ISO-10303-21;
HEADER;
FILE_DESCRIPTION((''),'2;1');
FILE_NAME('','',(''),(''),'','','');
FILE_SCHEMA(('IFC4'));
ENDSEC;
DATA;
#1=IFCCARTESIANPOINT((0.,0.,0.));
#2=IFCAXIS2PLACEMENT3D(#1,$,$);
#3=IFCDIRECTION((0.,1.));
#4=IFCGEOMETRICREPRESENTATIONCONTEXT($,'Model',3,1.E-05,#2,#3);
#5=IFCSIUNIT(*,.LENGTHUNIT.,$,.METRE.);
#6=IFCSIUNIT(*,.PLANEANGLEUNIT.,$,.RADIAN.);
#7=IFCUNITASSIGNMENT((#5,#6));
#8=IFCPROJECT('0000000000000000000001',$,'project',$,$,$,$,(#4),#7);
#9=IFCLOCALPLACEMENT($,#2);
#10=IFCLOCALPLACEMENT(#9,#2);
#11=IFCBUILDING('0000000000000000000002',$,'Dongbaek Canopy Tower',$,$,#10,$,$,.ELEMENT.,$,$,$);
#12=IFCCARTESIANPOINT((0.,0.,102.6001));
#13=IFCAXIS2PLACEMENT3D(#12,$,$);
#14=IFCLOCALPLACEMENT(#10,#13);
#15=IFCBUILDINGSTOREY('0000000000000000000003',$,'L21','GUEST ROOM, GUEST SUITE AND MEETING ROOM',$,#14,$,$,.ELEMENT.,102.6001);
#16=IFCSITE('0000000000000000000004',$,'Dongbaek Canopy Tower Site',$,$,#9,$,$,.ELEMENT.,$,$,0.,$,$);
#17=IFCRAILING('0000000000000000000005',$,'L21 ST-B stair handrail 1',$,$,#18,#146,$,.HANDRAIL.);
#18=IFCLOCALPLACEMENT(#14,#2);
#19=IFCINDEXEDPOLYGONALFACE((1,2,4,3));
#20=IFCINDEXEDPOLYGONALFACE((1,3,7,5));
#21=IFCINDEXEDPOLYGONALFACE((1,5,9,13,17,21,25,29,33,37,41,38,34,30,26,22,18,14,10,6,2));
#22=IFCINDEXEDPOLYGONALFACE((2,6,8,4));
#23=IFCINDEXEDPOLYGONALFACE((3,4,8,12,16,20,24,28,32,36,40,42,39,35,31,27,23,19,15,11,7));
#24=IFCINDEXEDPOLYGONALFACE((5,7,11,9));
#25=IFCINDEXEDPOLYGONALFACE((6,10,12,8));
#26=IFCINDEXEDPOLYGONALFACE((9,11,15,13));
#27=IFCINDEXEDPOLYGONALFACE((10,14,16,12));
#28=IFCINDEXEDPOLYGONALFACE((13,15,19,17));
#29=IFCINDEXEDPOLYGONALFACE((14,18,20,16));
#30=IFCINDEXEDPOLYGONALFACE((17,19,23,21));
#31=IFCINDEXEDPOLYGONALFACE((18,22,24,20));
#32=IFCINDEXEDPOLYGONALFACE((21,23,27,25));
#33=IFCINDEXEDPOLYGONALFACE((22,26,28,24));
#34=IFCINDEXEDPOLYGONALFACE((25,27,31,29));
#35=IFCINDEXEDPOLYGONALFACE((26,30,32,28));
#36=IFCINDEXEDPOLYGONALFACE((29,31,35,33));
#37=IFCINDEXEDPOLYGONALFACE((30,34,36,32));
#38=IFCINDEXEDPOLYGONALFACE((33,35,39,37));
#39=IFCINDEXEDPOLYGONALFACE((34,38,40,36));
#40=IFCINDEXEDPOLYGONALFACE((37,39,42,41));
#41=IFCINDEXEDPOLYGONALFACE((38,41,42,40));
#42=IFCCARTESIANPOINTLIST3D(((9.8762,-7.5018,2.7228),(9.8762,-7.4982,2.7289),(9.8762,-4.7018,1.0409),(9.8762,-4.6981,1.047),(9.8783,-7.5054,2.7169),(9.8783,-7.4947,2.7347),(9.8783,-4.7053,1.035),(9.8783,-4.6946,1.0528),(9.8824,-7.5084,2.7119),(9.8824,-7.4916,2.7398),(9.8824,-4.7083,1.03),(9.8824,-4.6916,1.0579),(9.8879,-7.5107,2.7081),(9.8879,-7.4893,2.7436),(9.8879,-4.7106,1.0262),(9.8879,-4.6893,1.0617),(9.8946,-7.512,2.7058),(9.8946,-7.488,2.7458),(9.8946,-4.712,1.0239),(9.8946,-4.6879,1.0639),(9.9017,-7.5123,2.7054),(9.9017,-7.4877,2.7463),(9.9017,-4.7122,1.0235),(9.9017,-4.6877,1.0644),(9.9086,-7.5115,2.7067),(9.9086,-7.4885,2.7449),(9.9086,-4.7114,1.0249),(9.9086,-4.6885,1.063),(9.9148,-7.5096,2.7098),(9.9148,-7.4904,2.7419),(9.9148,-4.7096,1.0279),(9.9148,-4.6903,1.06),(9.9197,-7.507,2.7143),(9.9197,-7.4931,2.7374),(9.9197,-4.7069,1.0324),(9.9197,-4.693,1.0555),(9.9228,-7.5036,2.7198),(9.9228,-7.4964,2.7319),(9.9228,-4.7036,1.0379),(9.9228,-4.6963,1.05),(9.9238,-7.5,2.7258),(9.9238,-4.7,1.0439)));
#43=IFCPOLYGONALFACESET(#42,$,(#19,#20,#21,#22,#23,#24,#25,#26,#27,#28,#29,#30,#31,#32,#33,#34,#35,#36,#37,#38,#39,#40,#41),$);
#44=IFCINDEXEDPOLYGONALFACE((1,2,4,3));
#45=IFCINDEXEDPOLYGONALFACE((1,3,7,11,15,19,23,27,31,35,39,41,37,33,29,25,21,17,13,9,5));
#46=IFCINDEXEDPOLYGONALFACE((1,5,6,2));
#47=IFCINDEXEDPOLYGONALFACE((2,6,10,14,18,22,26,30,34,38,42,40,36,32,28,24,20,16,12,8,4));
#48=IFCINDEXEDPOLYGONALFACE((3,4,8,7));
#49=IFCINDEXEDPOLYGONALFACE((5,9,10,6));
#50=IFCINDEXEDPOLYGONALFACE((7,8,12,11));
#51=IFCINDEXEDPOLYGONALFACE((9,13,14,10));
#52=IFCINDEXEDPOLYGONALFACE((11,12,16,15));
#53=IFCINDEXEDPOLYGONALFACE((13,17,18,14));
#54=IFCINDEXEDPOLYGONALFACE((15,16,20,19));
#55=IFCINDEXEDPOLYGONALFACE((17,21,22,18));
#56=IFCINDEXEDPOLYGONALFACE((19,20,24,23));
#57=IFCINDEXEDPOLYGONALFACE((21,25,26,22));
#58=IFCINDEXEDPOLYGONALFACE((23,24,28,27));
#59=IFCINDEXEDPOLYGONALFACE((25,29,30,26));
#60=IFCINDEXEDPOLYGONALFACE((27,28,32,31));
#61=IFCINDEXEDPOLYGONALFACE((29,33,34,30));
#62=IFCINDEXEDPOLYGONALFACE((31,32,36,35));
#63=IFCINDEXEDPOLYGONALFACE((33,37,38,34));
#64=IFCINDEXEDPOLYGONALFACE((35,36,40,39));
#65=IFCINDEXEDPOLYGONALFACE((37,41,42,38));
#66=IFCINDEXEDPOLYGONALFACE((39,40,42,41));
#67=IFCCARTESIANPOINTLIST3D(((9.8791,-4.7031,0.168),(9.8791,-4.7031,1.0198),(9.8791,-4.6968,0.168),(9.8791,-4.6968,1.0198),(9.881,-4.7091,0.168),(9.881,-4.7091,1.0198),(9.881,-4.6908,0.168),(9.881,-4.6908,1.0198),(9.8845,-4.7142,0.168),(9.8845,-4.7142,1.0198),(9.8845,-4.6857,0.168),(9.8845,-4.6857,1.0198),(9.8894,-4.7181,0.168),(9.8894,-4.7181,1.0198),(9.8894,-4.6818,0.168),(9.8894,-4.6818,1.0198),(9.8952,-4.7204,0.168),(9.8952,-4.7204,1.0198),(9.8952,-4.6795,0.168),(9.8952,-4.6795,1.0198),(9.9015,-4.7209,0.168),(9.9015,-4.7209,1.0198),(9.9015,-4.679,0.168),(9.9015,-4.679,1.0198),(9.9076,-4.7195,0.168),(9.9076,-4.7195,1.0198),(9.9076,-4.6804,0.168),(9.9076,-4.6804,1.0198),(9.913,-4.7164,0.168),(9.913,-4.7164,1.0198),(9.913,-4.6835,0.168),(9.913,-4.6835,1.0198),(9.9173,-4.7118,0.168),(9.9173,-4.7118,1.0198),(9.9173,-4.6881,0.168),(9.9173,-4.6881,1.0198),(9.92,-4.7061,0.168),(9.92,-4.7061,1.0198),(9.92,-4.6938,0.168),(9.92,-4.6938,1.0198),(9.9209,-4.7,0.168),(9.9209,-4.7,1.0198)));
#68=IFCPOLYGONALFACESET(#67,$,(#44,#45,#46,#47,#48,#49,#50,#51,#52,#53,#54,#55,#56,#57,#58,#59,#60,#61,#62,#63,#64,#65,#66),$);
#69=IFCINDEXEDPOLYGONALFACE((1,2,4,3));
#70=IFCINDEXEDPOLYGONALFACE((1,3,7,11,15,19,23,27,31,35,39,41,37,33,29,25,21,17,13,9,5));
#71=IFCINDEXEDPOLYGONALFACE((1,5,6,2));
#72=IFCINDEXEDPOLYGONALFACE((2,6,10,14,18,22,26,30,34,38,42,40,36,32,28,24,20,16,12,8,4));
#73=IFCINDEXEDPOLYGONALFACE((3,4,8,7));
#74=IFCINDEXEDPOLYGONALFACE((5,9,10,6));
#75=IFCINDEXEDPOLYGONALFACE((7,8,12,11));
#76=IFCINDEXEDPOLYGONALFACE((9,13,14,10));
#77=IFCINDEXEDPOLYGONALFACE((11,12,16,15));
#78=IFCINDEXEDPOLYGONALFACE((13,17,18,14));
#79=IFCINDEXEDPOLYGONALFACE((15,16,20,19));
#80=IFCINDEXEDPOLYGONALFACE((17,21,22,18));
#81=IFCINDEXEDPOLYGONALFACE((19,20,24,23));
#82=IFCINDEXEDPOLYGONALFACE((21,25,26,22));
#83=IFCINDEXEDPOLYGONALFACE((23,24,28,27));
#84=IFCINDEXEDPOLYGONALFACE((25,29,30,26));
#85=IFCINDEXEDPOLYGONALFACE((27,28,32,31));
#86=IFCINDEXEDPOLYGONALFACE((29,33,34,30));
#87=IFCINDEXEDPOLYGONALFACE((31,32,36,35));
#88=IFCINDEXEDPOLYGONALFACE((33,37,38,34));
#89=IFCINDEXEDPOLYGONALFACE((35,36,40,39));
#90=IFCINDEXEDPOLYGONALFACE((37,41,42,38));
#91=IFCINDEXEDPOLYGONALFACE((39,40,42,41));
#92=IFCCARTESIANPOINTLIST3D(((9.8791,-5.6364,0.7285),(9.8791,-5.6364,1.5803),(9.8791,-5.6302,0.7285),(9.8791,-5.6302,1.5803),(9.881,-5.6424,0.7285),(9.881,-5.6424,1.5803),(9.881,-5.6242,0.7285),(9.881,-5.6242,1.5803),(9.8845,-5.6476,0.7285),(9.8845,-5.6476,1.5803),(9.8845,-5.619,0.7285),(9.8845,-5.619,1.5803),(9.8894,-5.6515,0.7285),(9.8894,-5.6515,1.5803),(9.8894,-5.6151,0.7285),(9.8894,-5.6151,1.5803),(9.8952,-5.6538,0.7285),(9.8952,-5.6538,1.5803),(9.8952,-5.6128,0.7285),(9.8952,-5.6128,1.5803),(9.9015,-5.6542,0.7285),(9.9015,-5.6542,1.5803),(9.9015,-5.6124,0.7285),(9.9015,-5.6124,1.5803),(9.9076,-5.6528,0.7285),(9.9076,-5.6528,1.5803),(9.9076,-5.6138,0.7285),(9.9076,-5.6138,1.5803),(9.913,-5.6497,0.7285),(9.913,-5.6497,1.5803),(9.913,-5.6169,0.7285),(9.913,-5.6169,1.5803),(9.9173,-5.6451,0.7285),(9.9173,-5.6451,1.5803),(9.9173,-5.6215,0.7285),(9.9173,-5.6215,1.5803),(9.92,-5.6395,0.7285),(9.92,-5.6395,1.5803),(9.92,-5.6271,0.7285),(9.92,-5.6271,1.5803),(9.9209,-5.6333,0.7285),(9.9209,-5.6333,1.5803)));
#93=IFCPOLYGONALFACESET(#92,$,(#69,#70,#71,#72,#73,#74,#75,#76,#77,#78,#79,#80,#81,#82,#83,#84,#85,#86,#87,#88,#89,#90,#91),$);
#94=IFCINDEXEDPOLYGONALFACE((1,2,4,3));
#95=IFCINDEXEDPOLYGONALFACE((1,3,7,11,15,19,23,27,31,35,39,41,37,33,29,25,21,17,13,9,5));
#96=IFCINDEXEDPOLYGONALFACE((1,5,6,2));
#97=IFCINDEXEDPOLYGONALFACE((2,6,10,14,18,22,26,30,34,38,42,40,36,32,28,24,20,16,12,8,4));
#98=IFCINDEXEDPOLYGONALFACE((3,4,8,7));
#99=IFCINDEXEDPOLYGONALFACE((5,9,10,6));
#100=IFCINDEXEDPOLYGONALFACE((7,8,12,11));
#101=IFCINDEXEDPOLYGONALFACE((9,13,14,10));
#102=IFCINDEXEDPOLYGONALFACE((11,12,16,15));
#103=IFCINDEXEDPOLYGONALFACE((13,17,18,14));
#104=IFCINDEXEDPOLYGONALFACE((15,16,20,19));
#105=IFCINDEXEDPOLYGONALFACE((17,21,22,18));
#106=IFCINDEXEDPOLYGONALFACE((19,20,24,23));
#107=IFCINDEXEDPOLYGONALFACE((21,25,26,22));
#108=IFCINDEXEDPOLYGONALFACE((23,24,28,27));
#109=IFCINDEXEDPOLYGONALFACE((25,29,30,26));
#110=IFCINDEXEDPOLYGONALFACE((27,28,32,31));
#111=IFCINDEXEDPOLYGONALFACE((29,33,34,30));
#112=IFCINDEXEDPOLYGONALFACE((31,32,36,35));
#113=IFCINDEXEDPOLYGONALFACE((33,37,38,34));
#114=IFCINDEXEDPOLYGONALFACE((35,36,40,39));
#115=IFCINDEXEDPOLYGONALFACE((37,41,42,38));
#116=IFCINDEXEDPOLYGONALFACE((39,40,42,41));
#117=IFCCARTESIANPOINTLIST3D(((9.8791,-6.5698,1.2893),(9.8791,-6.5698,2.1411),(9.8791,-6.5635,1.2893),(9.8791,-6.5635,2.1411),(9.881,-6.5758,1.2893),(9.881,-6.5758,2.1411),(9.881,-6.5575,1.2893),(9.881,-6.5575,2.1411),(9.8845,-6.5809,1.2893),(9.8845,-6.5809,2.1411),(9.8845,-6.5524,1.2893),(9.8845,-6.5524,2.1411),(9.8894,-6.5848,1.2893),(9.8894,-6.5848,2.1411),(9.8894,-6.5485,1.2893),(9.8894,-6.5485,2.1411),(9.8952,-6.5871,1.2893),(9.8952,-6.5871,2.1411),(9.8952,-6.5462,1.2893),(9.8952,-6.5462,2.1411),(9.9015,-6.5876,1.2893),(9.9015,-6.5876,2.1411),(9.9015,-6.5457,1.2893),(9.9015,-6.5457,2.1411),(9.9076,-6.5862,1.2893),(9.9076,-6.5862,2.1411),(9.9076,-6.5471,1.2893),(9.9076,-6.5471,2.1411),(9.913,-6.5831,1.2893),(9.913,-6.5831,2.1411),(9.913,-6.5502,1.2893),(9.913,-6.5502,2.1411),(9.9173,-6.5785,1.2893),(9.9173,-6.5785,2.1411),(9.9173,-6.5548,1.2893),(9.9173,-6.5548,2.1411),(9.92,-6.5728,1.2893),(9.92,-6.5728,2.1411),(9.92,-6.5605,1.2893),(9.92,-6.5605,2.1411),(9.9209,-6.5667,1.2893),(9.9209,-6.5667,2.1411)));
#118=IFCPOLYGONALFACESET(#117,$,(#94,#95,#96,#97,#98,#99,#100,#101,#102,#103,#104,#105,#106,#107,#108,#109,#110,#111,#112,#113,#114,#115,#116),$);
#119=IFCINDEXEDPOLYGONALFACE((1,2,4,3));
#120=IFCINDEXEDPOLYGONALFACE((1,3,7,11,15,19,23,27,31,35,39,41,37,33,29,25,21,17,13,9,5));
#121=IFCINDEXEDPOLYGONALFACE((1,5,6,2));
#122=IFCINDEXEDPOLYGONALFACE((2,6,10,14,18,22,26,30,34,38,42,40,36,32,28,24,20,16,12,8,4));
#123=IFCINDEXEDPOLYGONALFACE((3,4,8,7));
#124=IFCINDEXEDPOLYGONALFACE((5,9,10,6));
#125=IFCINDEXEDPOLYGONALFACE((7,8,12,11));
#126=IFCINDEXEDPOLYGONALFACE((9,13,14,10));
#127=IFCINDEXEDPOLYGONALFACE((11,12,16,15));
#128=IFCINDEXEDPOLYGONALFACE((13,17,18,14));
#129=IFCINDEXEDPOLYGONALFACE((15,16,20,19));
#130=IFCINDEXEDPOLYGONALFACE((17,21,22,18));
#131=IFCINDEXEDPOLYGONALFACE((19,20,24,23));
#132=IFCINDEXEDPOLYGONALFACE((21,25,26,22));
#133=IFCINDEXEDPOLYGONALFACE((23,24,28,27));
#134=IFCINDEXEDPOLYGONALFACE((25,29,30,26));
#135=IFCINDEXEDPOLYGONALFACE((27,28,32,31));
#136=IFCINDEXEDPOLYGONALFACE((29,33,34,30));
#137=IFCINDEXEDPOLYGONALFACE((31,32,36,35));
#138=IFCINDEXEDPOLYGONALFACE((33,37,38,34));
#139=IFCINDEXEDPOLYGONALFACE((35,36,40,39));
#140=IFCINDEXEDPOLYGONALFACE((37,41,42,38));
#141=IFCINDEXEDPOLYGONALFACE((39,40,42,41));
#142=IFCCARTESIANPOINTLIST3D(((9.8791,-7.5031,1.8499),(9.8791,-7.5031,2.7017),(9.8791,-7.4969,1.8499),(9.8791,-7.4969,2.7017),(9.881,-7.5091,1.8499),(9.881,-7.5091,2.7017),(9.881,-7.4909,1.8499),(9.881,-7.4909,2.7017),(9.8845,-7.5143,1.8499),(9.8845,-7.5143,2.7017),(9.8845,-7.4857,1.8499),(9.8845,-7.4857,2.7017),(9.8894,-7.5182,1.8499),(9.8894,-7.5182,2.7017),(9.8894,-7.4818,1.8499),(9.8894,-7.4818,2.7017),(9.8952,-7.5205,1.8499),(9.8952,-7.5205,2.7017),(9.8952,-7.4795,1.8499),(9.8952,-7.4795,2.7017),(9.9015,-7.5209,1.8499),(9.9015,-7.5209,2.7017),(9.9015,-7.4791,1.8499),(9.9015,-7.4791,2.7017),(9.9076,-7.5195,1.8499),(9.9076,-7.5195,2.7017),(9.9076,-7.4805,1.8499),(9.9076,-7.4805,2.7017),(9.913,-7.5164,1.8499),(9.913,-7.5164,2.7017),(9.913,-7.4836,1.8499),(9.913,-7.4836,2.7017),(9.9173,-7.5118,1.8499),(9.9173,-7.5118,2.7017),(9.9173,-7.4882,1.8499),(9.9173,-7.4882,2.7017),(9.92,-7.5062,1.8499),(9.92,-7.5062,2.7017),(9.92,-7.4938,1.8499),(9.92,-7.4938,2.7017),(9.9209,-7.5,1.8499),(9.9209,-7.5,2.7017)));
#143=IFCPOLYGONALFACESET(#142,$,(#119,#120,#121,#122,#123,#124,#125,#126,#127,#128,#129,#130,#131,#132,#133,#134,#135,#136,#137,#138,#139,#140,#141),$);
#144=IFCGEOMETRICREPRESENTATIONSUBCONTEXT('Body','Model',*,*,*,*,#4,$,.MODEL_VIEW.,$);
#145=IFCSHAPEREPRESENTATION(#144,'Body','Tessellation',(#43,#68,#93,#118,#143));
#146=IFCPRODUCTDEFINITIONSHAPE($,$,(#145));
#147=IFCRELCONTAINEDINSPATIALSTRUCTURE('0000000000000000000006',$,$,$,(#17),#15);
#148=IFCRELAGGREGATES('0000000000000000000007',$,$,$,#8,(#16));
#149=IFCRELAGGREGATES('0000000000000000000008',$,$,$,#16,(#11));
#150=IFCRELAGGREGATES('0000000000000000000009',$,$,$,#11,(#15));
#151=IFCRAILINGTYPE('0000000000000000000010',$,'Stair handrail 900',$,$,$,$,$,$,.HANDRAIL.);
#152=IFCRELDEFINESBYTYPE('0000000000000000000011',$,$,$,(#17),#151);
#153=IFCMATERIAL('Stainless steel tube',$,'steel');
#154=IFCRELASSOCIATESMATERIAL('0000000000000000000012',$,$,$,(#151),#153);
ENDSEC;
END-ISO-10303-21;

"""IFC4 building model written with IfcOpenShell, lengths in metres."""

from ifc_helpers import new_model, si_unit, direction, frame, origin, origin_2d, place, context, subcontext, project, spatial, circle, extrude, material, type_object, element, save


model = new_model("IFC4")

# Units and contexts
model_context = context("Model", 3, precision=1e-05, world=origin(), true_north=direction((0.0, 1.0)))
body_context = subcontext(model_context, "Body", "Model", "MODEL_VIEW")
ifc_project = project(units=[si_unit("LENGTHUNIT", "METRE"), si_unit("PLANEANGLEUNIT", "RADIAN")], contexts=[model_context])

# Site, building, storey
site_placement = place(None, origin())
site = spatial("IfcSite", under=ifc_project, at=site_placement, Name="Dongbaek Canopy Tower Site", CompositionType="ELEMENT", RefElevation=0.0)
building_placement = place(site_placement, origin())
building = spatial("IfcBuilding", under=site, at=building_placement, Name="Dongbaek Canopy Tower", CompositionType="ELEMENT")
storey_placement = place(building_placement, frame((0.0, 0.0, 102.6001)))
storey = spatial("IfcBuildingStorey", under=building, at=storey_placement, Name="L21", Description="GUEST ROOM, GUEST SUITE AND MEETING ROOM", CompositionType="ELEMENT", Elevation=102.6001)

# Railing
ifc_material_1 = material(Name="Stainless steel tube", Category="steel")
railing_type_1 = type_object("IfcRailingType", Name="Stair handrail 900", PredefinedType="HANDRAIL", material=ifc_material_1)
railing_1_placement = place(storey_placement, frame((9.8999, -4.7, 0.168)))
element("IfcRailing", 1, at=railing_1_placement, inside=storey, type_object=railing_type_1, Name="L21 ST-B stair handrail 1", PredefinedType="HANDRAIL", context=body_context, shape_type="SweptSolid", body=[
    extrude(circle(Radius=0.0239, at=origin_2d()), frame((0.0, 0.0, 0.876), z_axis=(0.0, -0.857242, 0.514913), x_axis=(1.0, 0.0, 0.0)), (0.0, 0.0, 1.0), 3.2664),
    extrude(circle(Radius=0.021, at=origin_2d()), origin(), (0.0, 0.0, 1.0), 0.8518),
    extrude(circle(Radius=0.021, at=origin_2d()), frame((0.0, -0.9333, 0.5605)), (0.0, 0.0, 1.0), 0.8518),
    extrude(circle(Radius=0.021, at=origin_2d()), frame((0.0, -1.8667, 1.1213)), (0.0, 0.0, 1.0), 0.8518),
    extrude(circle(Radius=0.021, at=origin_2d()), frame((0.0, -2.8, 1.6819)), (0.0, 0.0, 1.0), 0.8518),
])

save(model, "model.ifc")
